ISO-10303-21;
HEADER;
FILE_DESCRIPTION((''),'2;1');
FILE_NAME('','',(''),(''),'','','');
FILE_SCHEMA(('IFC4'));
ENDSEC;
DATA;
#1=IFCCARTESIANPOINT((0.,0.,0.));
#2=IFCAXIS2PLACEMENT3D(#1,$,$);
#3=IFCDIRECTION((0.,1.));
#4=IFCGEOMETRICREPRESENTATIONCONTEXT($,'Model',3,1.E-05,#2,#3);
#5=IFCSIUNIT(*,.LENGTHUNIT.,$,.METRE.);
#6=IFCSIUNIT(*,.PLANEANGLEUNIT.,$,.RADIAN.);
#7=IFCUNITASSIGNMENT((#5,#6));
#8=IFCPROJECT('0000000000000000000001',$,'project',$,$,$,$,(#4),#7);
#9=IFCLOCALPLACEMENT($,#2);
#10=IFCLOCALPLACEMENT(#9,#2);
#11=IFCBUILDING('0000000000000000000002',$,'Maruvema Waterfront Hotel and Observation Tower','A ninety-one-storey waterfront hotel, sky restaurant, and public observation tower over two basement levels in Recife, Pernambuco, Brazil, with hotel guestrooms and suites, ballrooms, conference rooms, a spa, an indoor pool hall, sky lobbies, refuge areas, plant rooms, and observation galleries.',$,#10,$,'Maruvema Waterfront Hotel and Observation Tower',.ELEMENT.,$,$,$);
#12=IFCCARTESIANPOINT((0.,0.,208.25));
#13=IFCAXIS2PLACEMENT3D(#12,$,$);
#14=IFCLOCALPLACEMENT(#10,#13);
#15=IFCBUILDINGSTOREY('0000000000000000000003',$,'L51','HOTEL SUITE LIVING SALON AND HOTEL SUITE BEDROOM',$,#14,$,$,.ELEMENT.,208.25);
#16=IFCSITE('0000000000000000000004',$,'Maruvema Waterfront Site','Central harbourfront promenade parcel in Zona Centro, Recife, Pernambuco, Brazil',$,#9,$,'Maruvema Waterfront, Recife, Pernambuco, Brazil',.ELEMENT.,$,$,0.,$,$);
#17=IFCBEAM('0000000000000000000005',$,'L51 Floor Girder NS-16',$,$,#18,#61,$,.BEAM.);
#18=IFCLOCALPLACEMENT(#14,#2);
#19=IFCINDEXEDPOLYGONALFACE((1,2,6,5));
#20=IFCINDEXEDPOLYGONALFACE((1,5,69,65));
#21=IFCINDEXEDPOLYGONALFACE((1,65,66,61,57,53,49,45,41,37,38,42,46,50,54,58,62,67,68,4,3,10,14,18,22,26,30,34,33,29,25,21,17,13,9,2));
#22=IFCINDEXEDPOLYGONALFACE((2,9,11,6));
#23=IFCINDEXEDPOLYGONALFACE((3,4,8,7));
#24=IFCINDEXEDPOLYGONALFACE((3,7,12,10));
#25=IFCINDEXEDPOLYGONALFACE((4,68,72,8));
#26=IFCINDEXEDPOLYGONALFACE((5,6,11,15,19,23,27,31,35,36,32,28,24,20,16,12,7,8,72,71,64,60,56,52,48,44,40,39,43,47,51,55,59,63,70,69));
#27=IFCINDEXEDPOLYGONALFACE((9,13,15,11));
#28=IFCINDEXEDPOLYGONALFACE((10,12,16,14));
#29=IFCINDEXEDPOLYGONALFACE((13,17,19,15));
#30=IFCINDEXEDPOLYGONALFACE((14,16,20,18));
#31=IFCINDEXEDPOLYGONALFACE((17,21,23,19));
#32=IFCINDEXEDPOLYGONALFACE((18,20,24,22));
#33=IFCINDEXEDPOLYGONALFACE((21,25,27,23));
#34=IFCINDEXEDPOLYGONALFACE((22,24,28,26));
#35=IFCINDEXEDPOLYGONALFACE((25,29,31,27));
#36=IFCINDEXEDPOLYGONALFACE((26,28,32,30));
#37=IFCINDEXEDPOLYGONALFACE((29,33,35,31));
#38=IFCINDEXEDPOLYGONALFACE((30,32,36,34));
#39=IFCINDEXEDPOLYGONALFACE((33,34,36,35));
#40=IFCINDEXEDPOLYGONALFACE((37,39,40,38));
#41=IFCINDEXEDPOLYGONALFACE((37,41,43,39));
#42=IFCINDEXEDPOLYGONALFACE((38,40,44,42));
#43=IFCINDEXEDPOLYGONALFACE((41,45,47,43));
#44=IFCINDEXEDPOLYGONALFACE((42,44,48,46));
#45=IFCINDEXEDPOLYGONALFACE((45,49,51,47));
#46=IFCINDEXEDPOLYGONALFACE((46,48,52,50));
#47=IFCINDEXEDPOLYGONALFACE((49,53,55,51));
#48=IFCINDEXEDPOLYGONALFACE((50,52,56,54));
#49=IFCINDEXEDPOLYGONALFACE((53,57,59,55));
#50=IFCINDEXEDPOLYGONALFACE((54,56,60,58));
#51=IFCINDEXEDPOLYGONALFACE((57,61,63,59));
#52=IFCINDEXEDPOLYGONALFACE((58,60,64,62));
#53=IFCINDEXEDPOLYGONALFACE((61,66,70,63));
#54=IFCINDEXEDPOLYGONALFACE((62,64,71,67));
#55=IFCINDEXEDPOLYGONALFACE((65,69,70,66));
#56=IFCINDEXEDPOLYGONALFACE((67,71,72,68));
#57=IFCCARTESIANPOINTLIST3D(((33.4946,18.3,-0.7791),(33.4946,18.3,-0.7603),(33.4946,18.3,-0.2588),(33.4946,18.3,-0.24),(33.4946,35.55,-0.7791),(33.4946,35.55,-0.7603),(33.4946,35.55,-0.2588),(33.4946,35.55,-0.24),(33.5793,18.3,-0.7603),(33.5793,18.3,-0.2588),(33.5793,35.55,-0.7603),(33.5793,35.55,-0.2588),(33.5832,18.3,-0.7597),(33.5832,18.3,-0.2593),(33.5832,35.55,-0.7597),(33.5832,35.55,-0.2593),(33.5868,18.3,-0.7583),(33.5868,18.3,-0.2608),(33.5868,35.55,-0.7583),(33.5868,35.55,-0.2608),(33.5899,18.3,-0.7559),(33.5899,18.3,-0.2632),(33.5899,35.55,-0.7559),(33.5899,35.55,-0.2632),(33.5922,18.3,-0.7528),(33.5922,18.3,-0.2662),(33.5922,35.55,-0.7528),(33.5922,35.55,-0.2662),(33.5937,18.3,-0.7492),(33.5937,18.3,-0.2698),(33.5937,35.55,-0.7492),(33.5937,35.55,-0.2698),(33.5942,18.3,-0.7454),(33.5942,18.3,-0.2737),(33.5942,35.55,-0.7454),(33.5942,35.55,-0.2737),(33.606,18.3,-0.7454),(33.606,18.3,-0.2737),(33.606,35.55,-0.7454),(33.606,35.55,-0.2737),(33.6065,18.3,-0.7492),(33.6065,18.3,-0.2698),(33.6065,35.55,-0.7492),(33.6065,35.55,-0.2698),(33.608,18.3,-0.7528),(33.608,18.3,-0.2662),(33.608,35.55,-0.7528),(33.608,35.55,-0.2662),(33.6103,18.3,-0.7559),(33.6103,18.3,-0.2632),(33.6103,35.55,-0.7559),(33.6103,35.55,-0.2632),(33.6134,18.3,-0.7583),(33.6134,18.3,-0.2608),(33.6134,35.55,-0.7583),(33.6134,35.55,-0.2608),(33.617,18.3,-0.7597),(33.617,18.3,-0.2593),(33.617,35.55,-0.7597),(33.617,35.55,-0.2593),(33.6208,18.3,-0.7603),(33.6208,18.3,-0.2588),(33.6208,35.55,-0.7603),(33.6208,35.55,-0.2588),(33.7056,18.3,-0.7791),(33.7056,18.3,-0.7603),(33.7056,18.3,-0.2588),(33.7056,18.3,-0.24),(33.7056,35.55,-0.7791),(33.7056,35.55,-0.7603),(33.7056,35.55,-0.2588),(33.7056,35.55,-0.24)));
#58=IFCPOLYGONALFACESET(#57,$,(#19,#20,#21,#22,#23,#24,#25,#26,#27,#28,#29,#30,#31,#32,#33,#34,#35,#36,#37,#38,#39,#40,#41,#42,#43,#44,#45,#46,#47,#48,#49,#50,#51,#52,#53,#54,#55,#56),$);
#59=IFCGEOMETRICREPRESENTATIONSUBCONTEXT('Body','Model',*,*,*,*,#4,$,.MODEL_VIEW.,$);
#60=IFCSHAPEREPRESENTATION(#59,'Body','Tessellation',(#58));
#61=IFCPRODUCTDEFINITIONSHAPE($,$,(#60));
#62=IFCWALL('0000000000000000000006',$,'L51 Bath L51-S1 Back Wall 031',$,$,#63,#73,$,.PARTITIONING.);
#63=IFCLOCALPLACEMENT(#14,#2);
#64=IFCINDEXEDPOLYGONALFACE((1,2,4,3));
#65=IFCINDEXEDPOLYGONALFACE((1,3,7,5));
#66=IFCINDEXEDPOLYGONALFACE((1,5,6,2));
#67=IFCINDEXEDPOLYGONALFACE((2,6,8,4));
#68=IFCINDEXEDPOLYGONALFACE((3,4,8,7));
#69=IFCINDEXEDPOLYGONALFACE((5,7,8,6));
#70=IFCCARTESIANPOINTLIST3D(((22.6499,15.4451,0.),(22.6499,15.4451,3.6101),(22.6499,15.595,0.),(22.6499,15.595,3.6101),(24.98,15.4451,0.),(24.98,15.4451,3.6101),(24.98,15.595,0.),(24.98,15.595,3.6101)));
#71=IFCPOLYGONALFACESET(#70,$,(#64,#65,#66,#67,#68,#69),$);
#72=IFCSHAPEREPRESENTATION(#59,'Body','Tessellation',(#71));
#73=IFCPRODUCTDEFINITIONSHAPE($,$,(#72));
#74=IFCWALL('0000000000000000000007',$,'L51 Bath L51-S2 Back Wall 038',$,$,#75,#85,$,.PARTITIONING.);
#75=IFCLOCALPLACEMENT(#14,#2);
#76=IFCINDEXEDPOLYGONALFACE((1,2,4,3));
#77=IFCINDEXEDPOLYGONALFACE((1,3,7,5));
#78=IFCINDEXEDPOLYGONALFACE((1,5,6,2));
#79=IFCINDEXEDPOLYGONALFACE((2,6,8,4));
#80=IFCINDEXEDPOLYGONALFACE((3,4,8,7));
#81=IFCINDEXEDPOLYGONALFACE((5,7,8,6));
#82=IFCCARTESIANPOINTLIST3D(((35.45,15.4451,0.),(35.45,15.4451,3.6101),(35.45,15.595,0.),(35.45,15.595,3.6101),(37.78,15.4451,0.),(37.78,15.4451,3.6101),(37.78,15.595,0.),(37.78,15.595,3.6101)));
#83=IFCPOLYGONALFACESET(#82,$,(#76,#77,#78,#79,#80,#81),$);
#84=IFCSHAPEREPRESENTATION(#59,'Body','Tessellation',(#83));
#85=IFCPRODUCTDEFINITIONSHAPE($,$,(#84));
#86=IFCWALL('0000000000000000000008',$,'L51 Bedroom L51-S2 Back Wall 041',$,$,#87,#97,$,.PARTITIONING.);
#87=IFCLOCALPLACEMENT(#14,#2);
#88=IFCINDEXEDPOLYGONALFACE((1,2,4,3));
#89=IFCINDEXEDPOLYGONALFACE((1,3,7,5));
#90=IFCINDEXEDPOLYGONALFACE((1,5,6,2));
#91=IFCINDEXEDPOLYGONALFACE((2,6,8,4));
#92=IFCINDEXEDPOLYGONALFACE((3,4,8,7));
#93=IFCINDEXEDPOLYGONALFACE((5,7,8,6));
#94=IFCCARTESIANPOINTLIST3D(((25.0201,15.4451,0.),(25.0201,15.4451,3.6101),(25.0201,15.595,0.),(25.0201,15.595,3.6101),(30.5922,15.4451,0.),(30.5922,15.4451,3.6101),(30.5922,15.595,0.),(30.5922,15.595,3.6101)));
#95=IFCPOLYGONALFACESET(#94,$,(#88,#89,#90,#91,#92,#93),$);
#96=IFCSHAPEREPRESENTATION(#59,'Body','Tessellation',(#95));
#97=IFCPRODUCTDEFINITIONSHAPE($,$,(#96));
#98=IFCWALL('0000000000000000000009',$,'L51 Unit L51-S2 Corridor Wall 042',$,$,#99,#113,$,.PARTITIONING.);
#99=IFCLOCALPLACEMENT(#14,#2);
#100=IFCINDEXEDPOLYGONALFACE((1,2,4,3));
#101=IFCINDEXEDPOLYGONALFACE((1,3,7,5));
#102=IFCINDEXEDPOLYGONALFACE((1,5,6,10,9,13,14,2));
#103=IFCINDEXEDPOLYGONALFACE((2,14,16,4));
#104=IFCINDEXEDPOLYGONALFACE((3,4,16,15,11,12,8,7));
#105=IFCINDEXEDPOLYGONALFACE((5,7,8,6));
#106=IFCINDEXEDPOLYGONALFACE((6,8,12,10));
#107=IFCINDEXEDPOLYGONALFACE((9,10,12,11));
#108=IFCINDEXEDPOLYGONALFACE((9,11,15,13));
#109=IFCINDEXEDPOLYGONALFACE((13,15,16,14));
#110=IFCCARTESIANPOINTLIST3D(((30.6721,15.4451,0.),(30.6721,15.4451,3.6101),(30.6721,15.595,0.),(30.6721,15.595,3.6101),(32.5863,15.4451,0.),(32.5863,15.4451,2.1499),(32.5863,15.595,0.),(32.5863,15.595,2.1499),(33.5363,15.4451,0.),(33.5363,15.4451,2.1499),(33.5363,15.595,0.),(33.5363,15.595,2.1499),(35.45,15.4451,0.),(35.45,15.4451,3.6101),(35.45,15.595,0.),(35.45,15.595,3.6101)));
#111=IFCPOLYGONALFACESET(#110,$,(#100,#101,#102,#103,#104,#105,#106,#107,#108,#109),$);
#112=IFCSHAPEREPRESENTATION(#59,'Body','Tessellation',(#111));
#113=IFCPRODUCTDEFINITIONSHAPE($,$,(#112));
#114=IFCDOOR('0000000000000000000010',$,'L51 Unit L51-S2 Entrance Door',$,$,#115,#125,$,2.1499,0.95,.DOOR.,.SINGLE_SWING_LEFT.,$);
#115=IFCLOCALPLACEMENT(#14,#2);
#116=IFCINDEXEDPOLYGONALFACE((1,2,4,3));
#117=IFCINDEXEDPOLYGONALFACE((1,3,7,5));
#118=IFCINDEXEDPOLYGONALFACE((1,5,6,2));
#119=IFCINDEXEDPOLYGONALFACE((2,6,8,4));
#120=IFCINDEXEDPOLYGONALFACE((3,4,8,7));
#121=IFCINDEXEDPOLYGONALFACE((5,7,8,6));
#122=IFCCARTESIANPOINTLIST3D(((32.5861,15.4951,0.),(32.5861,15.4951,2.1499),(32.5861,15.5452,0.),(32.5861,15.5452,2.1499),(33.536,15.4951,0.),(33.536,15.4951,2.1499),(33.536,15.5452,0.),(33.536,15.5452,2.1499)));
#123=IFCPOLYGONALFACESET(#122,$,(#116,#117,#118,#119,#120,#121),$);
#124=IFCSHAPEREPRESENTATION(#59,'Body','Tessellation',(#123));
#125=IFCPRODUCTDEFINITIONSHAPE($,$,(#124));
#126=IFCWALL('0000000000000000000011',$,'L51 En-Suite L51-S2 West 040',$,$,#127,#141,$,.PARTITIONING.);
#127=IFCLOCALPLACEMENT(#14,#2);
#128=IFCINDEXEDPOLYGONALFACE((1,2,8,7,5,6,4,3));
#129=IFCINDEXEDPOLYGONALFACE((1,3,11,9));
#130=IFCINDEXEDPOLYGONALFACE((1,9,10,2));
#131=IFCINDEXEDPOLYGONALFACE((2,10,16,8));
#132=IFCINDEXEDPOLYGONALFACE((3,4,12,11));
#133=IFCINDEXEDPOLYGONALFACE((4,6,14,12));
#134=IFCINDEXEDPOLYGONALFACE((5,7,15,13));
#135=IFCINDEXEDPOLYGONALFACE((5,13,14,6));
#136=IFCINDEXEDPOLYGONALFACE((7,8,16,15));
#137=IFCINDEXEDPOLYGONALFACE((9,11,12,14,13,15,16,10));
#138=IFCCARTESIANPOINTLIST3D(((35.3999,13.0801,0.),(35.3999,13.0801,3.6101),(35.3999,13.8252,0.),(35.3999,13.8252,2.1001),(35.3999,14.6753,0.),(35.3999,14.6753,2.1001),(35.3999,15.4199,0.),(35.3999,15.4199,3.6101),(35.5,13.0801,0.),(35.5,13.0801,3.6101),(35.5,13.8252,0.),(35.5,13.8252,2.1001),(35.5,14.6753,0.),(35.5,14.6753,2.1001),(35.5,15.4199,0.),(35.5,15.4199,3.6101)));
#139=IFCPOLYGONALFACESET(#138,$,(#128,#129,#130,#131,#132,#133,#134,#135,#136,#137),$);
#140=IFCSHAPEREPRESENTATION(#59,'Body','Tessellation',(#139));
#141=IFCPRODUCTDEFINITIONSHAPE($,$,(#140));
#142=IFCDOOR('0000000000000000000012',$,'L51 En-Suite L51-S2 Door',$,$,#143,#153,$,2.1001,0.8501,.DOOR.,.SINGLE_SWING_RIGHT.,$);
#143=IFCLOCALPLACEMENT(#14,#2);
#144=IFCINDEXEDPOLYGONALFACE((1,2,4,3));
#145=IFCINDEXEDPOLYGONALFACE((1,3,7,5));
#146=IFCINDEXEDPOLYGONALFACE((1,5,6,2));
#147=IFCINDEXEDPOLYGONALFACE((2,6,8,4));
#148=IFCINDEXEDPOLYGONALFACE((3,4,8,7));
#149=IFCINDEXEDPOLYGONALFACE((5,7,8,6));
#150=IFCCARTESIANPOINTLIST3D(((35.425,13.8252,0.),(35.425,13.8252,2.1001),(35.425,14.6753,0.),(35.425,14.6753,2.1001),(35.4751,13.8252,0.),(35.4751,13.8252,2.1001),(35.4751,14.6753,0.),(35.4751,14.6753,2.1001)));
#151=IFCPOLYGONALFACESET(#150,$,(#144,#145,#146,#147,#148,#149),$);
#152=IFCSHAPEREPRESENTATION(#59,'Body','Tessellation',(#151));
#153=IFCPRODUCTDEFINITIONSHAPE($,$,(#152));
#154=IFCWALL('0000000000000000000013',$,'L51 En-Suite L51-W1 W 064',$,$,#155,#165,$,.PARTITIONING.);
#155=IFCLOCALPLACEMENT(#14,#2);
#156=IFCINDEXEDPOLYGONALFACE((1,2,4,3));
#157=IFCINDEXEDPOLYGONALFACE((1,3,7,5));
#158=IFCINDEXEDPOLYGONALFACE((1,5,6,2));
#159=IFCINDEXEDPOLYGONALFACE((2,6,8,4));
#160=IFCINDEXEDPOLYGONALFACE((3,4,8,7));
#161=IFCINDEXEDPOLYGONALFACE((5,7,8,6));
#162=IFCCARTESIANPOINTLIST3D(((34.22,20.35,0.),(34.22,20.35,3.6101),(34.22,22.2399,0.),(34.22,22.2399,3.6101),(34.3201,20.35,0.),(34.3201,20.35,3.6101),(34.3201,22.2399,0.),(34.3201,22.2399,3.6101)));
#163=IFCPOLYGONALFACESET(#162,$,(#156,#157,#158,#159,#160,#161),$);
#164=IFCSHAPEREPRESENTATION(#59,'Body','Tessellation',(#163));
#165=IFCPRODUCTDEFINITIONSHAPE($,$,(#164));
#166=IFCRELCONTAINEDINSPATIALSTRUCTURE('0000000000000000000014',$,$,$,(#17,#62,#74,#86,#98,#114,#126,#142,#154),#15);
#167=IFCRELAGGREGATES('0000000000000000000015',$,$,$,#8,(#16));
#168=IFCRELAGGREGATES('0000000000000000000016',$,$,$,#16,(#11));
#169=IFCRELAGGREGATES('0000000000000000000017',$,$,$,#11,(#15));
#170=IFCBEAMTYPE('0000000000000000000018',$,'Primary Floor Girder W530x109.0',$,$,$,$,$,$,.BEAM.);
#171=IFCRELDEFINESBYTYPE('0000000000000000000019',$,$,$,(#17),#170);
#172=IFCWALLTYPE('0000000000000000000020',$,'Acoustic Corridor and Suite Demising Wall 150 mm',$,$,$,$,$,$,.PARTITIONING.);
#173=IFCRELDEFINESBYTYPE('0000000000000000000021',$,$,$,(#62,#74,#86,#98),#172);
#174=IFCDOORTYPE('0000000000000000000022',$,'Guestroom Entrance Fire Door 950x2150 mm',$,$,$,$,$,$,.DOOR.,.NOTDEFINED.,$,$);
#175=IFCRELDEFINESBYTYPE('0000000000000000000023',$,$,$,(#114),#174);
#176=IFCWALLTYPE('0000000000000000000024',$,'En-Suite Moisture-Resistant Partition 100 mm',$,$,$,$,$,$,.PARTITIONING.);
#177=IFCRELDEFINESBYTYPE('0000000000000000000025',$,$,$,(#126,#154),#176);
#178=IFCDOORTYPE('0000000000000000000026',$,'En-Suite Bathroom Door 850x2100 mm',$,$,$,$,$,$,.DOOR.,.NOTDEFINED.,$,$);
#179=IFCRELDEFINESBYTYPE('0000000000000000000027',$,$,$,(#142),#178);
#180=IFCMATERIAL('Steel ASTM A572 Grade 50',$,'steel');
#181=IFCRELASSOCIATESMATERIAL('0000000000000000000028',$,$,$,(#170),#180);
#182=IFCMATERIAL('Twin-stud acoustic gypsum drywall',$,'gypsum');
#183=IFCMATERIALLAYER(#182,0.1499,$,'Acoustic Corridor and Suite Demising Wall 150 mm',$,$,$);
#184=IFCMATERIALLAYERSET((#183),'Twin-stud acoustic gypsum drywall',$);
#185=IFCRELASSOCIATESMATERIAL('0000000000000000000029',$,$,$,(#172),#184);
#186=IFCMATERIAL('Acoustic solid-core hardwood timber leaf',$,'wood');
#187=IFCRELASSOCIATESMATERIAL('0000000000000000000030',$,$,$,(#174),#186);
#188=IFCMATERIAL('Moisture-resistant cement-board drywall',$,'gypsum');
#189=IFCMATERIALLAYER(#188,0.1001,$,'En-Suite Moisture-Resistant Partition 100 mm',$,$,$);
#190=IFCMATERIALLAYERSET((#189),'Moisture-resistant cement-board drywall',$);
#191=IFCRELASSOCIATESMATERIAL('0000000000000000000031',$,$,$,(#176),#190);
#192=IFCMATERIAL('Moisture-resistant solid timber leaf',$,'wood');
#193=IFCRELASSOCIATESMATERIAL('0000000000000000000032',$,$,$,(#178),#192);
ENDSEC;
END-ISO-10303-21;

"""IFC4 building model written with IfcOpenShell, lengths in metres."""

from ifc_helpers import new_model, si_unit, direction, frame, frame_2d, origin, origin_2d, place, context, subcontext, project, spatial, rectangle, i_section, extrude, material, layer, layer_set, material_profile, profile_set, type_object, element, fill, save


model = new_model("IFC4")

# Units and contexts
model_context = context("Model", 3, precision=1e-05, world=origin(), true_north=direction((0.0, 1.0)))
body_context = subcontext(model_context, "Body", "Model", "MODEL_VIEW")
ifc_project = project(units=[si_unit("LENGTHUNIT", "METRE"), si_unit("PLANEANGLEUNIT", "RADIAN")], contexts=[model_context])

# Site, building, storey
site_placement = place(None, origin())
site = spatial("IfcSite", under=ifc_project, at=site_placement, Name="Maruvema Waterfront Site", Description="Central harbourfront promenade parcel in Zona Centro, Recife, Pernambuco, Brazil", LongName="Maruvema Waterfront, Recife, Pernambuco, Brazil", CompositionType="ELEMENT", RefElevation=0.0)
building_placement = place(site_placement, origin())
building = spatial("IfcBuilding", under=site, at=building_placement, Name="Maruvema Waterfront Hotel and Observation Tower", Description="A ninety-one-storey waterfront hotel, sky restaurant, and public observation tower over two basement levels in Recife, Pernambuco, Brazil, with hotel guestrooms and suites, ballrooms, conference rooms, a spa, an indoor pool hall, sky lobbies, refuge areas, plant rooms, and observation galleries.", LongName="Maruvema Waterfront Hotel and Observation Tower", CompositionType="ELEMENT")
storey_placement = place(building_placement, frame((0.0, 0.0, 208.25)))
storey = spatial("IfcBuildingStorey", under=building, at=storey_placement, Name="L51", Description="HOTEL SUITE LIVING SALON AND HOTEL SUITE BEDROOM", CompositionType="ELEMENT", Elevation=208.25)

# Beam
ifc_material_1 = material(Name="Steel ASTM A572 Grade 50", Category="steel")
ifc_material_profile_1 = material_profile(ifc_material_1, i_section(OverallWidth=0.2109, OverallDepth=0.5391, WebThickness=0.0117, FlangeThickness=0.0188, FilletRadius=0.0149, at=origin_2d()), Name="W530x109.0")
ifc_profile_set_1 = profile_set([ifc_material_profile_1], Name="Steel ASTM A572 Grade 50")
beam_type = type_object("IfcBeamType", Name="Primary Floor Girder W530x109.0", PredefinedType="BEAM", material=ifc_profile_set_1)
beam_1_placement = place(storey_placement, frame((33.6001, 18.3, -0.5095), z_axis=(0.0, 1.0, 0.0), x_axis=(-1.0, 0.0, 0.0)))
element("IfcBeam", 1, at=beam_1_placement, inside=storey, type_object=beam_type, Name="L51 Floor Girder NS-16", PredefinedType="BEAM", context=body_context, shape_type="SweptSolid", body=[
    extrude(i_section(OverallWidth=0.2109, OverallDepth=0.5391, WebThickness=0.0117, FlangeThickness=0.0188, FilletRadius=0.0149, at=origin_2d()), origin(), (0.0, 0.0, 1.0), 17.25),
])

# Walls
ifc_material_2 = material(Name="Twin-stud acoustic gypsum drywall", Category="gypsum")
ifc_layer_1 = layer(ifc_material_2, 0.1499, Name="Acoustic Corridor and Suite Demising Wall 150 mm")
ifc_layer_set_1 = layer_set([ifc_layer_1], Name="Twin-stud acoustic gypsum drywall")
wall_type_1 = type_object("IfcWallType", Name="Acoustic Corridor and Suite Demising Wall 150 mm", PredefinedType="PARTITIONING", material=ifc_layer_set_1)
for number, where, z_axis, x_axis, name in (
    (2, (22.6499, 15.52, 0.0), (0.0, 0.0, 1.0), (1.0, 0.0, 0.0), "L51 Bath L51-S1 Back Wall 031"),
    (3, (35.45, 15.52, 0.0), (0.0, 0.0, 1.0), (1.0, 0.0, 0.0), "L51 Bath L51-S2 Back Wall 038"),
):
    element("IfcWall", number, at=place(storey_placement, frame(where, z_axis=z_axis, x_axis=x_axis)), inside=storey, type_object=wall_type_1, Name=name, PredefinedType="PARTITIONING", context=body_context, shape_type="SweptSolid", body=[
        extrude(rectangle(XDim=2.3301, YDim=0.1499, at=frame_2d((1.165, 0.0))), origin(), (0.0, 0.0, 1.0), 3.6101),
    ])
wall_1_placement = place(storey_placement, frame((25.02, 15.52, 0.0), z_axis=(0.0, 0.0, 1.0), x_axis=(1.0, 0.0, 0.0)))
element("IfcWall", 4, at=wall_1_placement, inside=storey, type_object=wall_type_1, Name="L51 Bedroom L51-S2 Back Wall 041", PredefinedType="PARTITIONING", context=body_context, shape_type="SweptSolid", body=[
    extrude(rectangle(XDim=5.572, YDim=0.1499, at=frame_2d((2.7861, 0.0))), origin(), (0.0, 0.0, 1.0), 3.6101),
])

# Walls, openings, doors
wall_2_placement = place(storey_placement, frame((30.6721, 15.52, 0.0), z_axis=(0.0, 0.0, 1.0), x_axis=(1.0, 0.0, 0.0)))
wall_2 = element("IfcWall", 5, at=wall_2_placement, inside=storey, type_object=wall_type_1, Name="L51 Unit L51-S2 Corridor Wall 042", PredefinedType="PARTITIONING", context=body_context, shape_type="SweptSolid", body=[
    extrude(rectangle(XDim=4.7778, YDim=0.1499, at=frame_2d((2.3889, 0.0))), origin(), (0.0, 0.0, 1.0), 3.6101),
])
opening_1_placement = place(wall_2_placement, frame((1.9141, 0.0, 0.0)))
opening_1 = element("IfcOpeningElement", 6, at=opening_1_placement, cuts=wall_2, PredefinedType="OPENING", context=body_context, shape_type="SweptSolid", body=[
    extrude(rectangle(XDim=0.95, YDim=2.1499, at=frame_2d((0.4751, 1.075))), frame((0.0, 0.085, 0.0), z_axis=(0.0, -1.0, 0.0), x_axis=(1.0, 0.0, 0.0)), (0.0, 0.0, 1.0), 0.1699),
])
ifc_material_3 = material(Name="Acoustic solid-core hardwood timber leaf", Category="wood")
door_type_1 = type_object("IfcDoorType", Name="Guestroom Entrance Fire Door 950x2150 mm", OperationType="NOTDEFINED", PredefinedType="DOOR", material=ifc_material_3)
door_1_placement = place(opening_1_placement, frame((0.95, 0.0, 0.0), z_axis=(0.0, 0.0, 1.0), x_axis=(-1.0, 0.0, 0.0)))
door_1 = element("IfcDoor", 7, at=door_1_placement, inside=storey, type_object=door_type_1, Name="L51 Unit L51-S2 Entrance Door", OperationType="SINGLE_SWING_LEFT", OverallHeight=2.1499, OverallWidth=0.95, PredefinedType="DOOR", context=body_context, shape_type="SweptSolid", body=[
    extrude(rectangle(XDim=0.95, YDim=2.1499, at=frame_2d((0.4751, 1.075))), frame((0.0, 0.0249, 0.0), z_axis=(0.0, -1.0, 0.0), x_axis=(1.0, 0.0, 0.0)), (0.0, 0.0, 1.0), 0.05),
])
fill(opening_1, door_1)
ifc_material_4 = material(Name="Moisture-resistant cement-board drywall", Category="gypsum")
ifc_layer_2 = layer(ifc_material_4, 0.1001, Name="En-Suite Moisture-Resistant Partition 100 mm")
ifc_layer_set_2 = layer_set([ifc_layer_2], Name="Moisture-resistant cement-board drywall")
wall_type_2 = type_object("IfcWallType", Name="En-Suite Moisture-Resistant Partition 100 mm", PredefinedType="PARTITIONING", material=ifc_layer_set_2)
wall_3_placement = place(storey_placement, frame((35.45, 13.0801, 0.0), z_axis=(0.0, 0.0, 1.0), x_axis=(0.0, 1.0, 0.0)))
wall_3 = element("IfcWall", 8, at=wall_3_placement, inside=storey, type_object=wall_type_2, Name="L51 En-Suite L51-S2 West 040", PredefinedType="PARTITIONING", context=body_context, shape_type="SweptSolid", body=[
    extrude(rectangle(XDim=2.3398, YDim=0.1001, at=frame_2d((1.1699, 0.0))), origin(), (0.0, 0.0, 1.0), 3.6101),
])
opening_2_placement = place(wall_3_placement, frame((0.7451, 0.0, 0.0)))
opening_2 = element("IfcOpeningElement", 9, at=opening_2_placement, cuts=wall_3, PredefinedType="OPENING", context=body_context, shape_type="SweptSolid", body=[
    extrude(rectangle(XDim=0.8501, YDim=2.1001, at=frame_2d((0.425, 1.05))), frame((0.0, 0.0601, 0.0), z_axis=(0.0, -1.0, 0.0), x_axis=(1.0, 0.0, 0.0)), (0.0, 0.0, 1.0), 0.1201),
])
ifc_material_5 = material(Name="Moisture-resistant solid timber leaf", Category="wood")
door_type_2 = type_object("IfcDoorType", Name="En-Suite Bathroom Door 850x2100 mm", OperationType="NOTDEFINED", PredefinedType="DOOR", material=ifc_material_5)
door_2_placement = place(opening_2_placement, origin())
door_2 = element("IfcDoor", 10, at=door_2_placement, inside=storey, type_object=door_type_2, Name="L51 En-Suite L51-S2 Door", OperationType="SINGLE_SWING_RIGHT", OverallHeight=2.1001, OverallWidth=0.8501, PredefinedType="DOOR", context=body_context, shape_type="SweptSolid", body=[
    extrude(rectangle(XDim=0.8501, YDim=2.1001, at=frame_2d((0.425, 1.05))), frame((0.0, 0.0249, 0.0), z_axis=(0.0, -1.0, 0.0), x_axis=(1.0, 0.0, 0.0)), (0.0, 0.0, 1.0), 0.05),
])
fill(opening_2, door_2)

# Wall
wall_4_placement = place(storey_placement, frame((34.27, 20.3501, 0.0), z_axis=(0.0, 0.0, 1.0), x_axis=(0.0, 1.0, 0.0)))
element("IfcWall", 11, at=wall_4_placement, inside=storey, type_object=wall_type_2, Name="L51 En-Suite L51-W1 W 064", PredefinedType="PARTITIONING", context=body_context, shape_type="SweptSolid", body=[
    extrude(rectangle(XDim=1.8899, YDim=0.1001, at=frame_2d((0.9448, 0.0))), origin(), (0.0, 0.0, 1.0), 3.6101),
])

save(model, "model.ifc")
